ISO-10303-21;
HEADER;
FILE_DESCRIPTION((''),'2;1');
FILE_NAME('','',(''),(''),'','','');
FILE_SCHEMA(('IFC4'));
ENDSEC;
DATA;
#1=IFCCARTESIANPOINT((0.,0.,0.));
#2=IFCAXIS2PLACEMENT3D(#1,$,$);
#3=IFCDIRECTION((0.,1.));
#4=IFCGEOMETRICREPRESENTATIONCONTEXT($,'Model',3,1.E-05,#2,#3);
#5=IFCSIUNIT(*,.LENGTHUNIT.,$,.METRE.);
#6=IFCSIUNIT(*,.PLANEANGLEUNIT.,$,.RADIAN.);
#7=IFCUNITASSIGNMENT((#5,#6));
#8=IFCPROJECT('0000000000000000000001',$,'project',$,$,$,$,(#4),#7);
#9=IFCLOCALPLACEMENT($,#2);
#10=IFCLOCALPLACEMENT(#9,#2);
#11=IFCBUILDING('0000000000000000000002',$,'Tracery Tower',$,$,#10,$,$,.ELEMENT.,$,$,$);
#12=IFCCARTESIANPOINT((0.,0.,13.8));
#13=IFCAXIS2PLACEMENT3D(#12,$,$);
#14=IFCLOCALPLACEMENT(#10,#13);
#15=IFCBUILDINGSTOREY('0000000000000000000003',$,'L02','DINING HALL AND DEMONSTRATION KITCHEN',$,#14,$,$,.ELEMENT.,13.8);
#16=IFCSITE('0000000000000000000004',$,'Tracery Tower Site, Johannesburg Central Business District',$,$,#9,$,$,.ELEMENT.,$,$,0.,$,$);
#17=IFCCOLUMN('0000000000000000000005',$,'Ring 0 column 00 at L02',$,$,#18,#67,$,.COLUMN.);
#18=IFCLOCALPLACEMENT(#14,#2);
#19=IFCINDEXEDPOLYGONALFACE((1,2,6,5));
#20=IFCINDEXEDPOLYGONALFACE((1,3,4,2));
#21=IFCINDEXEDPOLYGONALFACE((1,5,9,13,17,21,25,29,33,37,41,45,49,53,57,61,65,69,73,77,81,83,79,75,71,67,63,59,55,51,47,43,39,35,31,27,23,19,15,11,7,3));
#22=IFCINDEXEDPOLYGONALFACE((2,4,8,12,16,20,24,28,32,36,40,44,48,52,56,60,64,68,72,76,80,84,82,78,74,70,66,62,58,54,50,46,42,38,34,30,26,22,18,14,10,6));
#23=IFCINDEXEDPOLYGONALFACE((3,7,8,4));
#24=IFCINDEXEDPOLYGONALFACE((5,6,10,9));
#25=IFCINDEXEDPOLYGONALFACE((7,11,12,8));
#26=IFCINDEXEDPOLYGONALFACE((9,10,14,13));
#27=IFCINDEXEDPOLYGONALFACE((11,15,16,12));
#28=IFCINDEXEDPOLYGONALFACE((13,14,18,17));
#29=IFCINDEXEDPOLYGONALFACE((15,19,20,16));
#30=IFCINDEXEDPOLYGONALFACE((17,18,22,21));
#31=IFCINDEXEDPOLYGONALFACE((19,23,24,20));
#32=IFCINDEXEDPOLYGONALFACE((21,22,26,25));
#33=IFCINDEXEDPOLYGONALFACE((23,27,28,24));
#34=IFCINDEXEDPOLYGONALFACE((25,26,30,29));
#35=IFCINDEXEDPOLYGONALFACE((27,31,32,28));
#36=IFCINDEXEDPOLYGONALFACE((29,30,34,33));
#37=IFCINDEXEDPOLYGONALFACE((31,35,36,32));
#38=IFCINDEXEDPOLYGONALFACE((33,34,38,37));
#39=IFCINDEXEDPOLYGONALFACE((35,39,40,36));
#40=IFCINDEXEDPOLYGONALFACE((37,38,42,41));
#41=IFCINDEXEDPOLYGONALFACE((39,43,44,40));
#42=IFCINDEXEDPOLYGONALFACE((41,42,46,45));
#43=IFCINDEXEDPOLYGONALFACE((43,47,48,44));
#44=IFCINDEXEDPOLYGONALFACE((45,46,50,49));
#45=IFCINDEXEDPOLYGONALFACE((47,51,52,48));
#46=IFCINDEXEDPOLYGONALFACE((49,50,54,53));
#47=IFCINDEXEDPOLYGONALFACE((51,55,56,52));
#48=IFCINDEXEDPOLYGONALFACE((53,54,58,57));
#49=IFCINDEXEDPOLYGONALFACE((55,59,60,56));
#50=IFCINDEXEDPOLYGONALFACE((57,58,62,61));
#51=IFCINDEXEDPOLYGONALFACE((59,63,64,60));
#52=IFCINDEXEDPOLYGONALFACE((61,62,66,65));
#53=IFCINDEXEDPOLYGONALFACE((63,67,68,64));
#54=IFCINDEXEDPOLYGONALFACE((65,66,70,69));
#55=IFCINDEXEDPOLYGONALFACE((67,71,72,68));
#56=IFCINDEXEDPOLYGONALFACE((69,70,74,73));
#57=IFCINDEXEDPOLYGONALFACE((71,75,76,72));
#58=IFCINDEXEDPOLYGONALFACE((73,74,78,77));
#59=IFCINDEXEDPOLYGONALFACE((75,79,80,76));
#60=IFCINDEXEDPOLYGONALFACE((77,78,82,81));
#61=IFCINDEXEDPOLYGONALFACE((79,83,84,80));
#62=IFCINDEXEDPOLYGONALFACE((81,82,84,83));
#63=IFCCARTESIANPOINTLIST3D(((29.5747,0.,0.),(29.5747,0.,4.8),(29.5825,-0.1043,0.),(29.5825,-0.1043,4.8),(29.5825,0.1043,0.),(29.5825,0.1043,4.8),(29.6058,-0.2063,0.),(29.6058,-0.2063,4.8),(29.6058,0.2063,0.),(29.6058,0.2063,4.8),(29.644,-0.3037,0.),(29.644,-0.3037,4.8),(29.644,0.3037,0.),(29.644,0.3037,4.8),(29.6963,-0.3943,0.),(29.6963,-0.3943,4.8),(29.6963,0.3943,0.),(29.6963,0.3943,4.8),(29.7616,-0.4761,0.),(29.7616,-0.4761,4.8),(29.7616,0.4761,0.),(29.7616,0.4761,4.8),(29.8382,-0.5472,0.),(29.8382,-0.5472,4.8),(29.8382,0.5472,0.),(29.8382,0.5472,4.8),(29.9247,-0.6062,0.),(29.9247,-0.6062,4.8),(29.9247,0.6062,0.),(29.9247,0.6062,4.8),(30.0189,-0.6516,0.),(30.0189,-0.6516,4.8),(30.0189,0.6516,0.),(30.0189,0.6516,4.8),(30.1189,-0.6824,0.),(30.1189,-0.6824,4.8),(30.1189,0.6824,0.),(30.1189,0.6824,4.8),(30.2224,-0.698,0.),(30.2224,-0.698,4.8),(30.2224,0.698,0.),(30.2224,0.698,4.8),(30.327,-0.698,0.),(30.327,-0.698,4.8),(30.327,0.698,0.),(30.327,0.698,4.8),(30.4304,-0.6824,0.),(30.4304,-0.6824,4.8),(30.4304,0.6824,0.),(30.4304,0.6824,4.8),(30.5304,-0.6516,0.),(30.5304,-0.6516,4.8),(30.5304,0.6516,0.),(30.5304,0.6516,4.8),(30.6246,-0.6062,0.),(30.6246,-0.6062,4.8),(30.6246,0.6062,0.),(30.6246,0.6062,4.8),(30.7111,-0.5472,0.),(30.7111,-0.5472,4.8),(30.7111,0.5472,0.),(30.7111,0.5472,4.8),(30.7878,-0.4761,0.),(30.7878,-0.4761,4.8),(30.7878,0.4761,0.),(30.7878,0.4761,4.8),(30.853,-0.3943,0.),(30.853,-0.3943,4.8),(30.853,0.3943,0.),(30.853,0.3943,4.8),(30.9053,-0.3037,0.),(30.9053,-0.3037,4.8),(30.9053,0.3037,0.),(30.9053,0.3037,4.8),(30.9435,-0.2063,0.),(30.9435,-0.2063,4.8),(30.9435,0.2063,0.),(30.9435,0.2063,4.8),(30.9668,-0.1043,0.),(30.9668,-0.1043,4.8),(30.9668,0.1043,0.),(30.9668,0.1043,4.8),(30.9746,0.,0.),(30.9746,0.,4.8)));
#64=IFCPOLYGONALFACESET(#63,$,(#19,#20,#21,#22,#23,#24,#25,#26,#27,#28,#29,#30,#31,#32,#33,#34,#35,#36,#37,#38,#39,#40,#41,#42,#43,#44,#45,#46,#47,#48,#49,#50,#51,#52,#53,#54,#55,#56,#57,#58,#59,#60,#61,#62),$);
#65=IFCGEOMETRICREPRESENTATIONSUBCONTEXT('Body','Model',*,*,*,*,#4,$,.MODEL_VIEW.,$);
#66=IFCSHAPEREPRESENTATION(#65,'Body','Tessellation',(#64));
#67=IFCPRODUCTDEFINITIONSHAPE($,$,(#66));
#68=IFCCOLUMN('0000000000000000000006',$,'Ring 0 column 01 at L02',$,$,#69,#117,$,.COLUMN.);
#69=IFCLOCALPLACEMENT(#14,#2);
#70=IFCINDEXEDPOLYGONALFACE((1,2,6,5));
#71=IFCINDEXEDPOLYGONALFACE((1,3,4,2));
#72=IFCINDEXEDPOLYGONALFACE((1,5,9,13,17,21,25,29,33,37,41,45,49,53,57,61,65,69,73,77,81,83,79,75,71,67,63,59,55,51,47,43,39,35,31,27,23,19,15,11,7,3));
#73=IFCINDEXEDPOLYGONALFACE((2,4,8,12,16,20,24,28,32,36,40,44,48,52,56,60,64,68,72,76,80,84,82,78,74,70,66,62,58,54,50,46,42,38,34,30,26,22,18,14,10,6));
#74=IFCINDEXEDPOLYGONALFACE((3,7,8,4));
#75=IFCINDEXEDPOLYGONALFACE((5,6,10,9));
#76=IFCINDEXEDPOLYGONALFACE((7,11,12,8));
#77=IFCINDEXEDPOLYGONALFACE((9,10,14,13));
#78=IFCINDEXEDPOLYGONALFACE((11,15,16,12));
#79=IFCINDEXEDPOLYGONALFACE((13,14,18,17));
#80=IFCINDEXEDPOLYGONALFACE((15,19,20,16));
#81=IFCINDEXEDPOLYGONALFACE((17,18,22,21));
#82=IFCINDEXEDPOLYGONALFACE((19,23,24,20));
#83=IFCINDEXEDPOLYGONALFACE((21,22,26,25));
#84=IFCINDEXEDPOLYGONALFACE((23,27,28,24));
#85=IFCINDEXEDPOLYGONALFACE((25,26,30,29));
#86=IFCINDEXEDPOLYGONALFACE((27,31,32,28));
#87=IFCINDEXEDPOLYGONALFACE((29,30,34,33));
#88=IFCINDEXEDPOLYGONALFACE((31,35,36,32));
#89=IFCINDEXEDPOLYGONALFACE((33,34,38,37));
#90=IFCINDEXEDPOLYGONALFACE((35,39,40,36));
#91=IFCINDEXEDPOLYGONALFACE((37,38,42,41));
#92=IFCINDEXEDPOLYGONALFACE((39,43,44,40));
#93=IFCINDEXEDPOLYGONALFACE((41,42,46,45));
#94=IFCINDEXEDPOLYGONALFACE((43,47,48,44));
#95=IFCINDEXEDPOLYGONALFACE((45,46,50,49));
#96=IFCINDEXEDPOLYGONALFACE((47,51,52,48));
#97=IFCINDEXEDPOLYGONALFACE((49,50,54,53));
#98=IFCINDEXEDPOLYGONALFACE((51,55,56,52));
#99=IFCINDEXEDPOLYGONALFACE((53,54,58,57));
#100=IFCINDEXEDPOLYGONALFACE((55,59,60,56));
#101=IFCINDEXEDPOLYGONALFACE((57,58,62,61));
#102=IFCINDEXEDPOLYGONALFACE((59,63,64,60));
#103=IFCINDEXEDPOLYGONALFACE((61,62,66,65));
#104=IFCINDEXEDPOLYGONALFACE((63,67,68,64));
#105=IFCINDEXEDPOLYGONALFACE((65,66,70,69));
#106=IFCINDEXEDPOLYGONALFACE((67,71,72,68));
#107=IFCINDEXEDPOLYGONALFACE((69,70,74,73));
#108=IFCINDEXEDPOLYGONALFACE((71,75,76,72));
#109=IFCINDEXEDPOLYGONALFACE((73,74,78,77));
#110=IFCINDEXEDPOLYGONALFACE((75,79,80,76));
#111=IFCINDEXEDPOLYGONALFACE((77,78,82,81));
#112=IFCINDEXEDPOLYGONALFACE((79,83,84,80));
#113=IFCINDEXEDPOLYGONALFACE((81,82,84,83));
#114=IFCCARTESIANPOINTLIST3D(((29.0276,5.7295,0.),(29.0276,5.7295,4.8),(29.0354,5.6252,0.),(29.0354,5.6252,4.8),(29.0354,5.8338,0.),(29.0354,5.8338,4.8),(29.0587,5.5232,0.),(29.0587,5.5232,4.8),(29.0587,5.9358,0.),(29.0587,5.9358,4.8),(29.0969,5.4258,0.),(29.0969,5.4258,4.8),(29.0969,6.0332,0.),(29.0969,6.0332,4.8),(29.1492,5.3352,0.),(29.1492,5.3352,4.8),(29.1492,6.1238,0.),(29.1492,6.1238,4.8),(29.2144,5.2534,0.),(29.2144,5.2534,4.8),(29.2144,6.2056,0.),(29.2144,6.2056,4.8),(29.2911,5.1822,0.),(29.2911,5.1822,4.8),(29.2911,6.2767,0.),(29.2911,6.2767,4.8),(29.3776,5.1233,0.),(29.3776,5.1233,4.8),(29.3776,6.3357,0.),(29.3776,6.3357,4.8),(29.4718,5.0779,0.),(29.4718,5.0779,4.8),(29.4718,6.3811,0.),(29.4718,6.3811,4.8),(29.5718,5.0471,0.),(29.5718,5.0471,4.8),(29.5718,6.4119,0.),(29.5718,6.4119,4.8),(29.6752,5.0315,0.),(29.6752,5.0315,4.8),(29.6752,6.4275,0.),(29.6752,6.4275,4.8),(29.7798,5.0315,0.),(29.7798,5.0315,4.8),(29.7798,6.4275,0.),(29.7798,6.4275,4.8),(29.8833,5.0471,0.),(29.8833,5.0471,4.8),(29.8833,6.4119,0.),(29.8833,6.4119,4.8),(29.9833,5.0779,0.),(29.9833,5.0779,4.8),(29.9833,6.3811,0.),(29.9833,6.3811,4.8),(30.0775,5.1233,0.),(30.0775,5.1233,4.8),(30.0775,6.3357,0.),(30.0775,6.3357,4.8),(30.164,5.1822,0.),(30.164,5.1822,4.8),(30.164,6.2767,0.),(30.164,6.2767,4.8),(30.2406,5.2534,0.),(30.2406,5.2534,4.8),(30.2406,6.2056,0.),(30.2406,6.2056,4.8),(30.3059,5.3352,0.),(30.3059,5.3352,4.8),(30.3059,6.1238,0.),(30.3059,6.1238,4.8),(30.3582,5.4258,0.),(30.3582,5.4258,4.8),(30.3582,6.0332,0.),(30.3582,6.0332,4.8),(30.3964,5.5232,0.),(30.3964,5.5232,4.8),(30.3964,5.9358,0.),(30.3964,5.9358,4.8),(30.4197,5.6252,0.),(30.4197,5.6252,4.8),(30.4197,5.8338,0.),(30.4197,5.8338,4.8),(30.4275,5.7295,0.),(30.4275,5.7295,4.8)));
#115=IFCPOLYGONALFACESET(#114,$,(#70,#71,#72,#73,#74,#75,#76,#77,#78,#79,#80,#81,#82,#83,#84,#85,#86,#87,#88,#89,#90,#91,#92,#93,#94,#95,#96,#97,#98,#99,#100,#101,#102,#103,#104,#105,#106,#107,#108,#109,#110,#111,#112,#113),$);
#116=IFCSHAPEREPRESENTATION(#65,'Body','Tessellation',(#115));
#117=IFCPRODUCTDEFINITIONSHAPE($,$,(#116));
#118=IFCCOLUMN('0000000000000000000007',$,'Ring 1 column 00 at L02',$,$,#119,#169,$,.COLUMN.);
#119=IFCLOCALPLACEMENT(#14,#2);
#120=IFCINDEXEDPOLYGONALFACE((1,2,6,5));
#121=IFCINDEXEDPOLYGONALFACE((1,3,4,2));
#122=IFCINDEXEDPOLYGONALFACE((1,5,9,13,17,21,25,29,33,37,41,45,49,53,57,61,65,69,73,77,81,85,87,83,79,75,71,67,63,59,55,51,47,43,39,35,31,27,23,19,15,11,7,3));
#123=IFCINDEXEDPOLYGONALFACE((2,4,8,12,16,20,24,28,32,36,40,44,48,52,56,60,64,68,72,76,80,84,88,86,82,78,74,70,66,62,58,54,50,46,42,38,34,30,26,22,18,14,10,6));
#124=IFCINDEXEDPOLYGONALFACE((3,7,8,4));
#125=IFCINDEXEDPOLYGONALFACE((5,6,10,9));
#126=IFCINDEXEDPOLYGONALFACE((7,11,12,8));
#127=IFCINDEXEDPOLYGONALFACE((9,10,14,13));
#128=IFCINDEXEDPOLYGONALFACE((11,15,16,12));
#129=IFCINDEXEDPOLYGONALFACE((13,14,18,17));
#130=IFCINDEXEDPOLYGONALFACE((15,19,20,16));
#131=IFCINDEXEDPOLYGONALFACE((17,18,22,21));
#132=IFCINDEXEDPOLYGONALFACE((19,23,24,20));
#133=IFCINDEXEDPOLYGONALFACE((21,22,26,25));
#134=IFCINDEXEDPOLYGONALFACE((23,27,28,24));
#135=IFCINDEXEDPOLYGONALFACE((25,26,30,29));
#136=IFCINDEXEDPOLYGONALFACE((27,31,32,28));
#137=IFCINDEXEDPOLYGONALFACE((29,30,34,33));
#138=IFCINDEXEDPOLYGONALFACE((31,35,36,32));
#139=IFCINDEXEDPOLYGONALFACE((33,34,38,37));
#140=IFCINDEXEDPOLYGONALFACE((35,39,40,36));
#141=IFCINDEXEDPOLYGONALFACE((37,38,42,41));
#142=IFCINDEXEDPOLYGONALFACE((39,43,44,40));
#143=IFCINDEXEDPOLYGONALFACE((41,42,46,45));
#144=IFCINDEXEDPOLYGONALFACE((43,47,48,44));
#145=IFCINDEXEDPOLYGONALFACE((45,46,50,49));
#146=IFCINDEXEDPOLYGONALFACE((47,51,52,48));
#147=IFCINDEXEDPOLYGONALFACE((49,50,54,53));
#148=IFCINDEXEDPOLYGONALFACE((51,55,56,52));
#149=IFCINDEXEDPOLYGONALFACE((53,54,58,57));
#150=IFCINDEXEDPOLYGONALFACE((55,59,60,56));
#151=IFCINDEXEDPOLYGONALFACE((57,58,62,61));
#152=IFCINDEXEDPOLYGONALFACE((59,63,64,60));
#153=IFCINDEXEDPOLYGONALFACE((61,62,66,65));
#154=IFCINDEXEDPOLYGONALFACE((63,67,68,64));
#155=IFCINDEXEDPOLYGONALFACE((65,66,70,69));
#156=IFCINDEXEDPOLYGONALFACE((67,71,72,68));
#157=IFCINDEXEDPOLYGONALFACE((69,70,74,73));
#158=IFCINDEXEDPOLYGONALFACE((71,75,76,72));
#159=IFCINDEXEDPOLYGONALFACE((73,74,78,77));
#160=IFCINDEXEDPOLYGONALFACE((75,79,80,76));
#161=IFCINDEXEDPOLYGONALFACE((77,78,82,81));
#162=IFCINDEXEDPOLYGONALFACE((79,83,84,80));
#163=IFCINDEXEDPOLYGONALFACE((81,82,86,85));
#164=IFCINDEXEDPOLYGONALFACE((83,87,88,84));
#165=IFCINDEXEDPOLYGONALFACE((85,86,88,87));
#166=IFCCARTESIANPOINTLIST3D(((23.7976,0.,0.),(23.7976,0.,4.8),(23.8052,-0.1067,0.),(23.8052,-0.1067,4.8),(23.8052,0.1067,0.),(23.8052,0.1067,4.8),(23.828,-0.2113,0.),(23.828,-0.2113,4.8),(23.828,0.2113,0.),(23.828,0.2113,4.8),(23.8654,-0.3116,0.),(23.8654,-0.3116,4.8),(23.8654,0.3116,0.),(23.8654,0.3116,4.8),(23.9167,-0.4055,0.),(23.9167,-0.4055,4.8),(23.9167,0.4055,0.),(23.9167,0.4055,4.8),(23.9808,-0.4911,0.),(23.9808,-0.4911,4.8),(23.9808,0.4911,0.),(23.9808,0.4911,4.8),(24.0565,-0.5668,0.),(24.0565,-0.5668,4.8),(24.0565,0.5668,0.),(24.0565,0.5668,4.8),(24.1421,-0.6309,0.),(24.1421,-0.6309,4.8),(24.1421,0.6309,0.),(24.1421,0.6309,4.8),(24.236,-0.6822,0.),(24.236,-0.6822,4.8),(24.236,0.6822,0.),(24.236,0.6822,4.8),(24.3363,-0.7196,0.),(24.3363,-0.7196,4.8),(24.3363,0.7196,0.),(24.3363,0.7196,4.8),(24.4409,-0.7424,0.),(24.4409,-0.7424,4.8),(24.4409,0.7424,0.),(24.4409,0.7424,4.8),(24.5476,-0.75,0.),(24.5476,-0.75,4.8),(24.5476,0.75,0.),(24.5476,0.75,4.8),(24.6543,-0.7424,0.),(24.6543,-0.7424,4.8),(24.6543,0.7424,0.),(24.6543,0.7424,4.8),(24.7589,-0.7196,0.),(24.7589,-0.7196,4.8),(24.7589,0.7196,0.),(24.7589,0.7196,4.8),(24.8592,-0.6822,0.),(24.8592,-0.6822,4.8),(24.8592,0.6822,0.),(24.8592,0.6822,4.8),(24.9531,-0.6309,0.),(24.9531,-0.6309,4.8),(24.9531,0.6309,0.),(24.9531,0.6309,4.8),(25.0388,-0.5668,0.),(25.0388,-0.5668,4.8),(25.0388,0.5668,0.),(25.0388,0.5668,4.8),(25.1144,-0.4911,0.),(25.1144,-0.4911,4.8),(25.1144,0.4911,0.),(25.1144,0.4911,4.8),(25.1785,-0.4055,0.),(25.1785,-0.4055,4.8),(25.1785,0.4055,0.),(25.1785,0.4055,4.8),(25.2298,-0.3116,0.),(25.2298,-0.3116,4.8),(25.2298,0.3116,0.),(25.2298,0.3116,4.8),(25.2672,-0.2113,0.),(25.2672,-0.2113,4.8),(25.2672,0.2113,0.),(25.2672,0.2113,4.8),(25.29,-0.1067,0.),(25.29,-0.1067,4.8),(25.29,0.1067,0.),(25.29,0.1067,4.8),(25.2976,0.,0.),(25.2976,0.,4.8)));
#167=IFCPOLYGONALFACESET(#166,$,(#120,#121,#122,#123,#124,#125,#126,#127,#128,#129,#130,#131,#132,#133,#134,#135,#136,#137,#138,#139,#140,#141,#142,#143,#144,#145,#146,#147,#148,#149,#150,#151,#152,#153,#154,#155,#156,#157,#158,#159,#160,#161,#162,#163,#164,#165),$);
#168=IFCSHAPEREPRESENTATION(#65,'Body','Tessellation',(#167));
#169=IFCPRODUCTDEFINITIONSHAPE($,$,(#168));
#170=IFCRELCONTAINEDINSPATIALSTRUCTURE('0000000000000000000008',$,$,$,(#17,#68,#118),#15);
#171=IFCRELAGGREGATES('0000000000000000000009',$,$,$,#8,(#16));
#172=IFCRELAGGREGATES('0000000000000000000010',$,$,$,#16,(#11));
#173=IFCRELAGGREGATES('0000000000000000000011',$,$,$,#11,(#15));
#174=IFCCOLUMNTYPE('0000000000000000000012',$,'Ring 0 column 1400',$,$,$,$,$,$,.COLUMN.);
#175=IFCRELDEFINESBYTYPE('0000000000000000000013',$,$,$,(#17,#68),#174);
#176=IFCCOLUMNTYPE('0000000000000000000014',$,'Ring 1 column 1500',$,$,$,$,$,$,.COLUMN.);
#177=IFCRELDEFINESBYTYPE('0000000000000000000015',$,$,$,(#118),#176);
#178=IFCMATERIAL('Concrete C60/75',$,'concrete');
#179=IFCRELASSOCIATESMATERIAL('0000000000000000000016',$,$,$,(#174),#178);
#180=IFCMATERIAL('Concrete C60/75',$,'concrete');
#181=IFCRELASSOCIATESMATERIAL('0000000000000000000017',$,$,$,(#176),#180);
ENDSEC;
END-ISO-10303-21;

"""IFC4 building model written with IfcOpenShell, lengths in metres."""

from ifc_helpers import new_model, si_unit, direction, frame, origin, origin_2d, place, context, subcontext, project, spatial, circle, extrude, material, material_profile, profile_set, type_object, element, save


model = new_model("IFC4")

# Units and contexts
model_context = context("Model", 3, precision=1e-05, world=origin(), true_north=direction((0.0, 1.0)))
body_context = subcontext(model_context, "Body", "Model", "MODEL_VIEW")
ifc_project = project(units=[si_unit("LENGTHUNIT", "METRE"), si_unit("PLANEANGLEUNIT", "RADIAN")], contexts=[model_context])

# Site, building, storey
site_placement = place(None, origin())
site = spatial("IfcSite", under=ifc_project, at=site_placement, Name="Tracery Tower Site, Johannesburg Central Business District", CompositionType="ELEMENT", RefElevation=0.0)
building_placement = place(site_placement, origin())
building = spatial("IfcBuilding", under=site, at=building_placement, Name="Tracery Tower", CompositionType="ELEMENT")
storey_placement = place(building_placement, frame((0.0, 0.0, 13.8)))
storey = spatial("IfcBuildingStorey", under=building, at=storey_placement, Name="L02", Description="DINING HALL AND DEMONSTRATION KITCHEN", CompositionType="ELEMENT", Elevation=13.8)

# Columns
ifc_material_1 = material(Name="Concrete C60/75", Category="concrete")
ifc_material_profile_1 = material_profile(ifc_material_1, circle(Radius=0.7, at=origin_2d()), Name="RC D1400")
ifc_profile_set_1 = profile_set([ifc_material_profile_1], Name="Concrete C60/75")
column_type_1 = type_object("IfcColumnType", Name="Ring 0 column 1400", PredefinedType="COLUMN", material=ifc_profile_set_1)
for number, where, z_axis, x_axis, name in (
    (1, (30.2747, 0.0, 0.0), (0.0, 0.0, 1.0), (1.0, 0.0, 0.0), "Ring 0 column 00 at L02"),
    (2, (29.7275, 5.7295, 0.0), (0.0, 0.0, 1.0), (1.0, 0.0, 0.0), "Ring 0 column 01 at L02"),
):
    element("IfcColumn", number, at=place(storey_placement, frame(where, z_axis=z_axis, x_axis=x_axis)), inside=storey, type_object=column_type_1, Name=name, PredefinedType="COLUMN", context=body_context, shape_type="SweptSolid", body=[
        extrude(circle(Radius=0.7, at=origin_2d()), origin(), (0.0, 0.0, 1.0), 4.8),
    ])
ifc_material_2 = material(Name="Concrete C60/75", Category="concrete")
ifc_material_profile_2 = material_profile(ifc_material_2, circle(Radius=0.75, at=origin_2d()), Name="RC D1500")
ifc_profile_set_2 = profile_set([ifc_material_profile_2], Name="Concrete C60/75")
column_type_2 = type_object("IfcColumnType", Name="Ring 1 column 1500", PredefinedType="COLUMN", material=ifc_profile_set_2)
for number, where, z_axis, x_axis, name in (
    (3, (24.5476, 0.0, 0.0), (0.0, 0.0, 1.0), (1.0, 0.0, 0.0), "Ring 1 column 00 at L02"),
):
    element("IfcColumn", number, at=place(storey_placement, frame(where, z_axis=z_axis, x_axis=x_axis)), inside=storey, type_object=column_type_2, Name=name, PredefinedType="COLUMN", context=body_context, shape_type="SweptSolid", body=[
        extrude(circle(Radius=0.75, at=origin_2d()), origin(), (0.0, 0.0, 1.0), 4.8),
    ])

save(model, "model.ifc")
